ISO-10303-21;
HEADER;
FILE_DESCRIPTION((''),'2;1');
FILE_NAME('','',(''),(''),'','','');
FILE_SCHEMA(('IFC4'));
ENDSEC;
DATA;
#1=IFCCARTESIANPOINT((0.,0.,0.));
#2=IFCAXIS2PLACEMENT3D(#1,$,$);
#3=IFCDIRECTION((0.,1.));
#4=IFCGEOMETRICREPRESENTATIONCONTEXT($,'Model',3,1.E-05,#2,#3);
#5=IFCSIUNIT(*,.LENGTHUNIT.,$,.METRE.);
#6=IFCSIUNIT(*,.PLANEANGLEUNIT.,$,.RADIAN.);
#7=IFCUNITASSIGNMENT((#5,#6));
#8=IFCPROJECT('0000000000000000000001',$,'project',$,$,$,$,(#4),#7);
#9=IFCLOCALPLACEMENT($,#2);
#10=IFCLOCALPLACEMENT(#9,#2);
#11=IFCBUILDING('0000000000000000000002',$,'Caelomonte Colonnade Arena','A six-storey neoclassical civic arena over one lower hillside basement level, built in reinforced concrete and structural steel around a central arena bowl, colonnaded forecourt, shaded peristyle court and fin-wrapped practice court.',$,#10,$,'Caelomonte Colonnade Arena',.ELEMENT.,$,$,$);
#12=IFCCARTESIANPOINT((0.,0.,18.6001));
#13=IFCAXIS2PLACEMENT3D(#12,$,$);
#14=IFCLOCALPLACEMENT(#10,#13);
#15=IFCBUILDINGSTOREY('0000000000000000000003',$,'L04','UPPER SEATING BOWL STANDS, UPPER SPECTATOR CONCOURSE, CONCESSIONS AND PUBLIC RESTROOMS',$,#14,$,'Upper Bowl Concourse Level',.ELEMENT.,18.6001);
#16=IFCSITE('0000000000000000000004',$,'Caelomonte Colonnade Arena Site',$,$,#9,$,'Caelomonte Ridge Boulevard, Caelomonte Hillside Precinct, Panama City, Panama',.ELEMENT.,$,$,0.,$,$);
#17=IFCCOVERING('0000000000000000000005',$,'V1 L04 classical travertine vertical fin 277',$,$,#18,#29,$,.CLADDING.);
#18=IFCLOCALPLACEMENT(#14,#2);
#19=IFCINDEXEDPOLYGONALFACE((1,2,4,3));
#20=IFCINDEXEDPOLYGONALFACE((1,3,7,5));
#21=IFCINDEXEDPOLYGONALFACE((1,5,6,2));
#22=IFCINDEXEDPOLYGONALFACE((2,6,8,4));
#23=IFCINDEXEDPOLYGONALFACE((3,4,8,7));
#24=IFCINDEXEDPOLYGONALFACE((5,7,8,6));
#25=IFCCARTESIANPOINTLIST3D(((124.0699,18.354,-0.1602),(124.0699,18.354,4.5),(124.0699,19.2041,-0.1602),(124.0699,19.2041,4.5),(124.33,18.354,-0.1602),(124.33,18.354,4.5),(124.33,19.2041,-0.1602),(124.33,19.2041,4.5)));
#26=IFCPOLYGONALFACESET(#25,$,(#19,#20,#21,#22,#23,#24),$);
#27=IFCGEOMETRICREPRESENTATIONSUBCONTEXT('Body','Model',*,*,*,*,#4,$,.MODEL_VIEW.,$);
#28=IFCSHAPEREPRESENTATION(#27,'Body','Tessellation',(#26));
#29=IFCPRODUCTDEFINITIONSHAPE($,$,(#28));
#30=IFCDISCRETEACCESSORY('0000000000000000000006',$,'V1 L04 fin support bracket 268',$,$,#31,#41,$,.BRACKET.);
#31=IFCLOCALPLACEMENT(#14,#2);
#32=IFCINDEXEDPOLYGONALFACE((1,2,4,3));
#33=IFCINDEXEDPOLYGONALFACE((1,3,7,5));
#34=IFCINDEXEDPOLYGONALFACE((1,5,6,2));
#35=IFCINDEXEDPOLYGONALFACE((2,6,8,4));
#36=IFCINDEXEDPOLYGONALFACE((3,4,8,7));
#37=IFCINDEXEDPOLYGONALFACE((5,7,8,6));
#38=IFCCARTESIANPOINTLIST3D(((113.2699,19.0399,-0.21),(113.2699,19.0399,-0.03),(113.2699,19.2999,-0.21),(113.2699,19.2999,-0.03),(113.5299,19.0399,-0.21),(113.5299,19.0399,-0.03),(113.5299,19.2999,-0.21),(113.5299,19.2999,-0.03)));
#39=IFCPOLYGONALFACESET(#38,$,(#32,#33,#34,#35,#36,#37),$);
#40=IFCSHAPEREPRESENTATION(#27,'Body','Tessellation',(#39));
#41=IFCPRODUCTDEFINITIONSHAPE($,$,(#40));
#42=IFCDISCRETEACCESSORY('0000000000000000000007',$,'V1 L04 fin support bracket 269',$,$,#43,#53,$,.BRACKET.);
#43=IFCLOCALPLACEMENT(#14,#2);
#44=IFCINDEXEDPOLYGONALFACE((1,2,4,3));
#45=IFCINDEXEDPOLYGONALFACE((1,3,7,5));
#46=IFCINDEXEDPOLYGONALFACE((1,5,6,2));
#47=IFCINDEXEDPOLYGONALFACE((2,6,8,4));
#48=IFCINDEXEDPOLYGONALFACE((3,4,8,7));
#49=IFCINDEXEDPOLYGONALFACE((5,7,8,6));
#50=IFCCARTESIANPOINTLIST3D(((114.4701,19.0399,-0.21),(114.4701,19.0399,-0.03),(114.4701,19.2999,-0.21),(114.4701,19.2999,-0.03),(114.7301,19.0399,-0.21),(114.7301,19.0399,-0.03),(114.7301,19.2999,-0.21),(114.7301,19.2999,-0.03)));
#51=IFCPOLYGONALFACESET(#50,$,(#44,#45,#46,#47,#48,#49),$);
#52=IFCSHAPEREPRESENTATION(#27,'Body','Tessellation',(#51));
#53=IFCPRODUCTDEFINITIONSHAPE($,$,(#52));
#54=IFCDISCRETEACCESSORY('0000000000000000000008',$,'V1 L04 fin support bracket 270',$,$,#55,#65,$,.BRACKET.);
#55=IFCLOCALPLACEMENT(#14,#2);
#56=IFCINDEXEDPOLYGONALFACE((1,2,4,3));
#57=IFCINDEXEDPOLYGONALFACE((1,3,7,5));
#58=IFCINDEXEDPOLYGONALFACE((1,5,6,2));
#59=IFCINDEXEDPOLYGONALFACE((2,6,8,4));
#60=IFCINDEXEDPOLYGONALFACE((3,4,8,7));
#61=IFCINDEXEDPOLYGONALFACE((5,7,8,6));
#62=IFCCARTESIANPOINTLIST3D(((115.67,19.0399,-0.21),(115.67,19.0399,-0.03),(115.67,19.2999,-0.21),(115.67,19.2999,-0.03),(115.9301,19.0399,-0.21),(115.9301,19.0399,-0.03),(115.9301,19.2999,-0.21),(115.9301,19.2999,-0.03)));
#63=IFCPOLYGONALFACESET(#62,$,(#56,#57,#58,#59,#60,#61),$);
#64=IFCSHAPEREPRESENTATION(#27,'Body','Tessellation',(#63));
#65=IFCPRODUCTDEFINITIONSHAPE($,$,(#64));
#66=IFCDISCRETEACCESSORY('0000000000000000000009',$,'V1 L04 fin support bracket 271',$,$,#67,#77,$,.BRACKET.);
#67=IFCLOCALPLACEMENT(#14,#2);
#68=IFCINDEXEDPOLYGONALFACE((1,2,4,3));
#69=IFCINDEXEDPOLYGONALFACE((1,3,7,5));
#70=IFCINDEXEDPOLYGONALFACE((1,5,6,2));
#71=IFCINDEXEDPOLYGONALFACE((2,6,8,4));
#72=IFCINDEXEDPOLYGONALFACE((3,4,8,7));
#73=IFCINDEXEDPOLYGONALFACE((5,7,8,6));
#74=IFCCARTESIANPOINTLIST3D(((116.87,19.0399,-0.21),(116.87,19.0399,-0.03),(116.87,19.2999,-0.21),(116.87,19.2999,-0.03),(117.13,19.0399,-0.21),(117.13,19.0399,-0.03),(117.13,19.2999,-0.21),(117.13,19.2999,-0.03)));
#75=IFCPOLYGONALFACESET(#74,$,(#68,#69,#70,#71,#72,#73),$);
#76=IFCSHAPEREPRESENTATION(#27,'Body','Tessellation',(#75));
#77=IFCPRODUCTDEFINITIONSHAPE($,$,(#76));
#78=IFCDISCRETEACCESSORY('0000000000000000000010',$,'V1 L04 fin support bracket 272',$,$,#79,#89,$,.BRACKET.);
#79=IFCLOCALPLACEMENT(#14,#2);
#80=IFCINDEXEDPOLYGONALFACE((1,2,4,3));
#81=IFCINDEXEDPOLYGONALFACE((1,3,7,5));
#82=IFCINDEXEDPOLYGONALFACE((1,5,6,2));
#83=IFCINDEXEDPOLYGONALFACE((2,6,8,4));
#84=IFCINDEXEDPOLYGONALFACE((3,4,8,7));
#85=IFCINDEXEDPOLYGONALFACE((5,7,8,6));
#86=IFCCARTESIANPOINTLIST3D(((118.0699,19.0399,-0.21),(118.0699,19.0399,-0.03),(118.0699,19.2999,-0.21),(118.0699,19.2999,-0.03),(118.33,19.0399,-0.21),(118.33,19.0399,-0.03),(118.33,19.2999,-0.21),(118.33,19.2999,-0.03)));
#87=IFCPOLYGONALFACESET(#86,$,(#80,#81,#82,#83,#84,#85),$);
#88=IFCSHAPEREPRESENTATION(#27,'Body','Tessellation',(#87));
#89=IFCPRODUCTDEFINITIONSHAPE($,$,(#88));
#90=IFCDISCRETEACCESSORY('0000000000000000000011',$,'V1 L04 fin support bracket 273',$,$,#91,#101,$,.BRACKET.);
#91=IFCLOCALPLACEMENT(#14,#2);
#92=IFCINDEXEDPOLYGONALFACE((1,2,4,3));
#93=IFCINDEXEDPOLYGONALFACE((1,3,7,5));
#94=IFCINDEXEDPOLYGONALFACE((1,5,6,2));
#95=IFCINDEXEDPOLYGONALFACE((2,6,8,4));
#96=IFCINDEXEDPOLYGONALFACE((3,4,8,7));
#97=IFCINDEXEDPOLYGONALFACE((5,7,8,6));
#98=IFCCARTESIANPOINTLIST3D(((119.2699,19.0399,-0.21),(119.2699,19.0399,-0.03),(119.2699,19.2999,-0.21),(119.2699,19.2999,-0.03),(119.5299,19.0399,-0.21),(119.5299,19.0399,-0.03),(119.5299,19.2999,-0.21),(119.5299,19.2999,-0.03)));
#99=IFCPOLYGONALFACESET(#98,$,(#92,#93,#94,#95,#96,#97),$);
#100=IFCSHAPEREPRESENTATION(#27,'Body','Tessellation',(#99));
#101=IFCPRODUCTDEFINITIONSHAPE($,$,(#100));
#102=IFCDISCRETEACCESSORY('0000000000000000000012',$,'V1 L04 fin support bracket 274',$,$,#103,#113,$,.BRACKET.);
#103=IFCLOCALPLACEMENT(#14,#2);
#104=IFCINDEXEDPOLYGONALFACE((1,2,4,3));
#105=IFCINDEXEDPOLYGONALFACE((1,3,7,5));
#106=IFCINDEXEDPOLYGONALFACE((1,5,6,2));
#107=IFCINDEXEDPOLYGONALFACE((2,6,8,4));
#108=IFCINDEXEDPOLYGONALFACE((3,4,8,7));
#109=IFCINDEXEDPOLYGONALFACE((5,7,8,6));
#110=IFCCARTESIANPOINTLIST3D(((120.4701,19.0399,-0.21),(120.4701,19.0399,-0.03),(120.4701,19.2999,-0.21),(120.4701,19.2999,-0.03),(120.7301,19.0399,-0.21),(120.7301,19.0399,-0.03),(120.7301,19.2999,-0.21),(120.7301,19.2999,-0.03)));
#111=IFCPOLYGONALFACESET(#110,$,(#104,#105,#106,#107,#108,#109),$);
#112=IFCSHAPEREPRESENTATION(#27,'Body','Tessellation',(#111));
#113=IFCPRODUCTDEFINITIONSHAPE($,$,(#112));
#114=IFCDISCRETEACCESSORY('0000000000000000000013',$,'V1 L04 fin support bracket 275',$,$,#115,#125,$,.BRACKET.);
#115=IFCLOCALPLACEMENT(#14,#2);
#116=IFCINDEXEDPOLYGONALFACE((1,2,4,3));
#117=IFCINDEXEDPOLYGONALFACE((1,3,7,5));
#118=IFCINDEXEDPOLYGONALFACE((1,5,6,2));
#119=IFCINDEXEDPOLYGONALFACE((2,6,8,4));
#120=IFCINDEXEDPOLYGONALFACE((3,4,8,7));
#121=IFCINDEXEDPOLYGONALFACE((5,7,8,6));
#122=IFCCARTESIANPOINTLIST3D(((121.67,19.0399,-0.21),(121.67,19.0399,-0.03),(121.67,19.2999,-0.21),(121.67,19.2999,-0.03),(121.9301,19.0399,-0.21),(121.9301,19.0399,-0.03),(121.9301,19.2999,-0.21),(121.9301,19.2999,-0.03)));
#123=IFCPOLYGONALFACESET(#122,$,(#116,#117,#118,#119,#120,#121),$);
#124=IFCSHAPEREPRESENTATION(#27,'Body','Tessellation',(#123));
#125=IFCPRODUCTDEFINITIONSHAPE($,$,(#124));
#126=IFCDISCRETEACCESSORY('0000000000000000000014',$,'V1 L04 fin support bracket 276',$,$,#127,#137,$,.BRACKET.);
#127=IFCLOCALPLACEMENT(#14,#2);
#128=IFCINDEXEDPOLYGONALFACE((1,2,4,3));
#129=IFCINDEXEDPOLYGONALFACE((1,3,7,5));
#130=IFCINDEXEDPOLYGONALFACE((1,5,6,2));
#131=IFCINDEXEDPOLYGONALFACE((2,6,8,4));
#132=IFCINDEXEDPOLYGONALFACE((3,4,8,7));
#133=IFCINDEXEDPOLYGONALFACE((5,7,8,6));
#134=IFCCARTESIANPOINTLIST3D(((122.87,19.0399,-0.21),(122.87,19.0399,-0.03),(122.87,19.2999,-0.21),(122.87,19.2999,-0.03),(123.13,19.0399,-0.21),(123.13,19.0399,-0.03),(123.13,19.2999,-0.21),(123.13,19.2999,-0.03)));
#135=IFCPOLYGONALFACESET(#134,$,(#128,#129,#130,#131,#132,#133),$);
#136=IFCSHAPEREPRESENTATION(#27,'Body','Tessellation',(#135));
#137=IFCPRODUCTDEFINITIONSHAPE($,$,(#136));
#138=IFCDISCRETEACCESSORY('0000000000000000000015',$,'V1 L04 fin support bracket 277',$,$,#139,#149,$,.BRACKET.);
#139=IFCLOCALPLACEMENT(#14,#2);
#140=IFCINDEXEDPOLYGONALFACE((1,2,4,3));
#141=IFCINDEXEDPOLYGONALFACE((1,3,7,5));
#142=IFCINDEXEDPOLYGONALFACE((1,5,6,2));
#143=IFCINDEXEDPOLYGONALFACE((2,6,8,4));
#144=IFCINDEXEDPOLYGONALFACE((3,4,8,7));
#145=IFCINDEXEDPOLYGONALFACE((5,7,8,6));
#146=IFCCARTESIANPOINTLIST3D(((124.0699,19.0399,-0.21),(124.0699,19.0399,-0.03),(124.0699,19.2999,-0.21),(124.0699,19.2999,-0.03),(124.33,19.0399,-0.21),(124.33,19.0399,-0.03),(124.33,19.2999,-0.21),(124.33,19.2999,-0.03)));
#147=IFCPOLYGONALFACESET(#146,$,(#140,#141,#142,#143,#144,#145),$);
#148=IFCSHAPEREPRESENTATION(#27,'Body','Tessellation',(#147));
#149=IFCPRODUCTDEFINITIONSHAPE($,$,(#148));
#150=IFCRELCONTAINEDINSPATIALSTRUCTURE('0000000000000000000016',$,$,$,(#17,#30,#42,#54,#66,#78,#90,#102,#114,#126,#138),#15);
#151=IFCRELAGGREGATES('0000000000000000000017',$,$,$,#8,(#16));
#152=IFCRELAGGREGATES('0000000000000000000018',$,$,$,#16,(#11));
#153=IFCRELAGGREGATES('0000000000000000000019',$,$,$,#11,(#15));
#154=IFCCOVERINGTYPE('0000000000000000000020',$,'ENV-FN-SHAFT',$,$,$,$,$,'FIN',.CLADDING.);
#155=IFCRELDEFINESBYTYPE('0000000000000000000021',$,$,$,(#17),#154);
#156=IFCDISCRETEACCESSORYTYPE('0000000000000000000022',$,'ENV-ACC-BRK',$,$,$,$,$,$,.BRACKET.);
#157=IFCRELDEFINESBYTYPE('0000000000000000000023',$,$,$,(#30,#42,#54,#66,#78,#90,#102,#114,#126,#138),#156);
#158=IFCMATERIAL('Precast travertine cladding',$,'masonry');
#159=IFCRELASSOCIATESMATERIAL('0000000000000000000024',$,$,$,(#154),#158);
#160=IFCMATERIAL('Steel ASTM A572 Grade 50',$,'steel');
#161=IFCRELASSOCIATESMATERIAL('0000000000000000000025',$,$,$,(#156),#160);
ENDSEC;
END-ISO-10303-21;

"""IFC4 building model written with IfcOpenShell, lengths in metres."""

from ifc_helpers import new_model, si_unit, direction, frame, origin, origin_2d, place, context, subcontext, project, spatial, rectangle, extrude, material, material_profile, profile_set, type_object, element, save


model = new_model("IFC4")

# Units and contexts
model_context = context("Model", 3, precision=1e-05, world=origin(), true_north=direction((0.0, 1.0)))
body_context = subcontext(model_context, "Body", "Model", "MODEL_VIEW")
ifc_project = project(units=[si_unit("LENGTHUNIT", "METRE"), si_unit("PLANEANGLEUNIT", "RADIAN")], contexts=[model_context])

# Site, building, storey
site_placement = place(None, origin())
site = spatial("IfcSite", under=ifc_project, at=site_placement, Name="Caelomonte Colonnade Arena Site", LongName="Caelomonte Ridge Boulevard, Caelomonte Hillside Precinct, Panama City, Panama", CompositionType="ELEMENT", RefElevation=0.0)
building_placement = place(site_placement, origin())
building = spatial("IfcBuilding", under=site, at=building_placement, Name="Caelomonte Colonnade Arena", Description="A six-storey neoclassical civic arena over one lower hillside basement level, built in reinforced concrete and structural steel around a central arena bowl, colonnaded forecourt, shaded peristyle court and fin-wrapped practice court.", LongName="Caelomonte Colonnade Arena", CompositionType="ELEMENT")
storey_placement = place(building_placement, frame((0.0, 0.0, 18.6001)))
storey = spatial("IfcBuildingStorey", under=building, at=storey_placement, Name="L04", Description="UPPER SEATING BOWL STANDS, UPPER SPECTATOR CONCOURSE, CONCESSIONS AND PUBLIC RESTROOMS", LongName="Upper Bowl Concourse Level", CompositionType="ELEMENT", Elevation=18.6001)

# Covering
ifc_material_1 = material(Name="Precast travertine cladding", Category="masonry")
ifc_material_profile_1 = material_profile(ifc_material_1, rectangle(XDim=0.26, YDim=0.8501, at=origin_2d()), Name="FIN260X850")
ifc_profile_set_1 = profile_set([ifc_material_profile_1], Name="Precast travertine cladding")
covering_type = type_object("IfcCoveringType", Name="ENV-FN-SHAFT", ElementType="FIN", PredefinedType="CLADDING", material=ifc_profile_set_1)
for number, where, z_axis, x_axis, name in (
    (1, (124.2, 18.7791, -0.1602), (0.0, 0.0, 1.0), (-1.0, 0.0, 0.0), "V1 L04 classical travertine vertical fin 277"),
):
    element("IfcCovering", number, at=place(storey_placement, frame(where, z_axis=z_axis, x_axis=x_axis)), inside=storey, type_object=covering_type, Name=name, PredefinedType="CLADDING", context=body_context, shape_type="SweptSolid", body=[
        extrude(rectangle(XDim=0.26, YDim=0.8501, at=origin_2d()), origin(), (0.0, 0.0, 1.0), 4.6602),
    ])

# Discrete accessories
ifc_material_2 = material(Name="Steel ASTM A572 Grade 50", Category="steel")
discrete_accessory_type = type_object("IfcDiscreteAccessoryType", Name="ENV-ACC-BRK", PredefinedType="BRACKET", material=ifc_material_2)
for number, where, z_axis, x_axis, name in (
    (2, (113.3999, 19.1699, -0.21), (0.0, 0.0, 1.0), (1.0, 0.0, 0.0), "V1 L04 fin support bracket 268"),
    (3, (114.6001, 19.1699, -0.21), (0.0, 0.0, 1.0), (1.0, 0.0, 0.0), "V1 L04 fin support bracket 269"),
    (4, (115.8, 19.1699, -0.21), (0.0, 0.0, 1.0), (1.0, 0.0, 0.0), "V1 L04 fin support bracket 270"),
    (5, (117.0, 19.1699, -0.21), (0.0, 0.0, 1.0), (1.0, 0.0, 0.0), "V1 L04 fin support bracket 271"),
    (6, (118.2, 19.1699, -0.21), (0.0, 0.0, 1.0), (1.0, 0.0, 0.0), "V1 L04 fin support bracket 272"),
    (7, (119.3999, 19.1699, -0.21), (0.0, 0.0, 1.0), (1.0, 0.0, 0.0), "V1 L04 fin support bracket 273"),
    (8, (120.6001, 19.1699, -0.21), (0.0, 0.0, 1.0), (1.0, 0.0, 0.0), "V1 L04 fin support bracket 274"),
    (9, (121.8, 19.1699, -0.21), (0.0, 0.0, 1.0), (1.0, 0.0, 0.0), "V1 L04 fin support bracket 275"),
    (10, (123.0, 19.1699, -0.21), (0.0, 0.0, 1.0), (1.0, 0.0, 0.0), "V1 L04 fin support bracket 276"),
    (11, (124.2, 19.1699, -0.21), (0.0, 0.0, 1.0), (1.0, 0.0, 0.0), "V1 L04 fin support bracket 277"),
):
    element("IfcDiscreteAccessory", number, at=place(storey_placement, frame(where, z_axis=z_axis, x_axis=x_axis)), inside=storey, type_object=discrete_accessory_type, Name=name, PredefinedType="BRACKET", context=body_context, shape_type="SweptSolid", body=[
        extrude(rectangle(XDim=0.26, YDim=0.26, at=origin_2d()), origin(), (0.0, 0.0, 1.0), 0.1799),
    ])

save(model, "model.ifc")
